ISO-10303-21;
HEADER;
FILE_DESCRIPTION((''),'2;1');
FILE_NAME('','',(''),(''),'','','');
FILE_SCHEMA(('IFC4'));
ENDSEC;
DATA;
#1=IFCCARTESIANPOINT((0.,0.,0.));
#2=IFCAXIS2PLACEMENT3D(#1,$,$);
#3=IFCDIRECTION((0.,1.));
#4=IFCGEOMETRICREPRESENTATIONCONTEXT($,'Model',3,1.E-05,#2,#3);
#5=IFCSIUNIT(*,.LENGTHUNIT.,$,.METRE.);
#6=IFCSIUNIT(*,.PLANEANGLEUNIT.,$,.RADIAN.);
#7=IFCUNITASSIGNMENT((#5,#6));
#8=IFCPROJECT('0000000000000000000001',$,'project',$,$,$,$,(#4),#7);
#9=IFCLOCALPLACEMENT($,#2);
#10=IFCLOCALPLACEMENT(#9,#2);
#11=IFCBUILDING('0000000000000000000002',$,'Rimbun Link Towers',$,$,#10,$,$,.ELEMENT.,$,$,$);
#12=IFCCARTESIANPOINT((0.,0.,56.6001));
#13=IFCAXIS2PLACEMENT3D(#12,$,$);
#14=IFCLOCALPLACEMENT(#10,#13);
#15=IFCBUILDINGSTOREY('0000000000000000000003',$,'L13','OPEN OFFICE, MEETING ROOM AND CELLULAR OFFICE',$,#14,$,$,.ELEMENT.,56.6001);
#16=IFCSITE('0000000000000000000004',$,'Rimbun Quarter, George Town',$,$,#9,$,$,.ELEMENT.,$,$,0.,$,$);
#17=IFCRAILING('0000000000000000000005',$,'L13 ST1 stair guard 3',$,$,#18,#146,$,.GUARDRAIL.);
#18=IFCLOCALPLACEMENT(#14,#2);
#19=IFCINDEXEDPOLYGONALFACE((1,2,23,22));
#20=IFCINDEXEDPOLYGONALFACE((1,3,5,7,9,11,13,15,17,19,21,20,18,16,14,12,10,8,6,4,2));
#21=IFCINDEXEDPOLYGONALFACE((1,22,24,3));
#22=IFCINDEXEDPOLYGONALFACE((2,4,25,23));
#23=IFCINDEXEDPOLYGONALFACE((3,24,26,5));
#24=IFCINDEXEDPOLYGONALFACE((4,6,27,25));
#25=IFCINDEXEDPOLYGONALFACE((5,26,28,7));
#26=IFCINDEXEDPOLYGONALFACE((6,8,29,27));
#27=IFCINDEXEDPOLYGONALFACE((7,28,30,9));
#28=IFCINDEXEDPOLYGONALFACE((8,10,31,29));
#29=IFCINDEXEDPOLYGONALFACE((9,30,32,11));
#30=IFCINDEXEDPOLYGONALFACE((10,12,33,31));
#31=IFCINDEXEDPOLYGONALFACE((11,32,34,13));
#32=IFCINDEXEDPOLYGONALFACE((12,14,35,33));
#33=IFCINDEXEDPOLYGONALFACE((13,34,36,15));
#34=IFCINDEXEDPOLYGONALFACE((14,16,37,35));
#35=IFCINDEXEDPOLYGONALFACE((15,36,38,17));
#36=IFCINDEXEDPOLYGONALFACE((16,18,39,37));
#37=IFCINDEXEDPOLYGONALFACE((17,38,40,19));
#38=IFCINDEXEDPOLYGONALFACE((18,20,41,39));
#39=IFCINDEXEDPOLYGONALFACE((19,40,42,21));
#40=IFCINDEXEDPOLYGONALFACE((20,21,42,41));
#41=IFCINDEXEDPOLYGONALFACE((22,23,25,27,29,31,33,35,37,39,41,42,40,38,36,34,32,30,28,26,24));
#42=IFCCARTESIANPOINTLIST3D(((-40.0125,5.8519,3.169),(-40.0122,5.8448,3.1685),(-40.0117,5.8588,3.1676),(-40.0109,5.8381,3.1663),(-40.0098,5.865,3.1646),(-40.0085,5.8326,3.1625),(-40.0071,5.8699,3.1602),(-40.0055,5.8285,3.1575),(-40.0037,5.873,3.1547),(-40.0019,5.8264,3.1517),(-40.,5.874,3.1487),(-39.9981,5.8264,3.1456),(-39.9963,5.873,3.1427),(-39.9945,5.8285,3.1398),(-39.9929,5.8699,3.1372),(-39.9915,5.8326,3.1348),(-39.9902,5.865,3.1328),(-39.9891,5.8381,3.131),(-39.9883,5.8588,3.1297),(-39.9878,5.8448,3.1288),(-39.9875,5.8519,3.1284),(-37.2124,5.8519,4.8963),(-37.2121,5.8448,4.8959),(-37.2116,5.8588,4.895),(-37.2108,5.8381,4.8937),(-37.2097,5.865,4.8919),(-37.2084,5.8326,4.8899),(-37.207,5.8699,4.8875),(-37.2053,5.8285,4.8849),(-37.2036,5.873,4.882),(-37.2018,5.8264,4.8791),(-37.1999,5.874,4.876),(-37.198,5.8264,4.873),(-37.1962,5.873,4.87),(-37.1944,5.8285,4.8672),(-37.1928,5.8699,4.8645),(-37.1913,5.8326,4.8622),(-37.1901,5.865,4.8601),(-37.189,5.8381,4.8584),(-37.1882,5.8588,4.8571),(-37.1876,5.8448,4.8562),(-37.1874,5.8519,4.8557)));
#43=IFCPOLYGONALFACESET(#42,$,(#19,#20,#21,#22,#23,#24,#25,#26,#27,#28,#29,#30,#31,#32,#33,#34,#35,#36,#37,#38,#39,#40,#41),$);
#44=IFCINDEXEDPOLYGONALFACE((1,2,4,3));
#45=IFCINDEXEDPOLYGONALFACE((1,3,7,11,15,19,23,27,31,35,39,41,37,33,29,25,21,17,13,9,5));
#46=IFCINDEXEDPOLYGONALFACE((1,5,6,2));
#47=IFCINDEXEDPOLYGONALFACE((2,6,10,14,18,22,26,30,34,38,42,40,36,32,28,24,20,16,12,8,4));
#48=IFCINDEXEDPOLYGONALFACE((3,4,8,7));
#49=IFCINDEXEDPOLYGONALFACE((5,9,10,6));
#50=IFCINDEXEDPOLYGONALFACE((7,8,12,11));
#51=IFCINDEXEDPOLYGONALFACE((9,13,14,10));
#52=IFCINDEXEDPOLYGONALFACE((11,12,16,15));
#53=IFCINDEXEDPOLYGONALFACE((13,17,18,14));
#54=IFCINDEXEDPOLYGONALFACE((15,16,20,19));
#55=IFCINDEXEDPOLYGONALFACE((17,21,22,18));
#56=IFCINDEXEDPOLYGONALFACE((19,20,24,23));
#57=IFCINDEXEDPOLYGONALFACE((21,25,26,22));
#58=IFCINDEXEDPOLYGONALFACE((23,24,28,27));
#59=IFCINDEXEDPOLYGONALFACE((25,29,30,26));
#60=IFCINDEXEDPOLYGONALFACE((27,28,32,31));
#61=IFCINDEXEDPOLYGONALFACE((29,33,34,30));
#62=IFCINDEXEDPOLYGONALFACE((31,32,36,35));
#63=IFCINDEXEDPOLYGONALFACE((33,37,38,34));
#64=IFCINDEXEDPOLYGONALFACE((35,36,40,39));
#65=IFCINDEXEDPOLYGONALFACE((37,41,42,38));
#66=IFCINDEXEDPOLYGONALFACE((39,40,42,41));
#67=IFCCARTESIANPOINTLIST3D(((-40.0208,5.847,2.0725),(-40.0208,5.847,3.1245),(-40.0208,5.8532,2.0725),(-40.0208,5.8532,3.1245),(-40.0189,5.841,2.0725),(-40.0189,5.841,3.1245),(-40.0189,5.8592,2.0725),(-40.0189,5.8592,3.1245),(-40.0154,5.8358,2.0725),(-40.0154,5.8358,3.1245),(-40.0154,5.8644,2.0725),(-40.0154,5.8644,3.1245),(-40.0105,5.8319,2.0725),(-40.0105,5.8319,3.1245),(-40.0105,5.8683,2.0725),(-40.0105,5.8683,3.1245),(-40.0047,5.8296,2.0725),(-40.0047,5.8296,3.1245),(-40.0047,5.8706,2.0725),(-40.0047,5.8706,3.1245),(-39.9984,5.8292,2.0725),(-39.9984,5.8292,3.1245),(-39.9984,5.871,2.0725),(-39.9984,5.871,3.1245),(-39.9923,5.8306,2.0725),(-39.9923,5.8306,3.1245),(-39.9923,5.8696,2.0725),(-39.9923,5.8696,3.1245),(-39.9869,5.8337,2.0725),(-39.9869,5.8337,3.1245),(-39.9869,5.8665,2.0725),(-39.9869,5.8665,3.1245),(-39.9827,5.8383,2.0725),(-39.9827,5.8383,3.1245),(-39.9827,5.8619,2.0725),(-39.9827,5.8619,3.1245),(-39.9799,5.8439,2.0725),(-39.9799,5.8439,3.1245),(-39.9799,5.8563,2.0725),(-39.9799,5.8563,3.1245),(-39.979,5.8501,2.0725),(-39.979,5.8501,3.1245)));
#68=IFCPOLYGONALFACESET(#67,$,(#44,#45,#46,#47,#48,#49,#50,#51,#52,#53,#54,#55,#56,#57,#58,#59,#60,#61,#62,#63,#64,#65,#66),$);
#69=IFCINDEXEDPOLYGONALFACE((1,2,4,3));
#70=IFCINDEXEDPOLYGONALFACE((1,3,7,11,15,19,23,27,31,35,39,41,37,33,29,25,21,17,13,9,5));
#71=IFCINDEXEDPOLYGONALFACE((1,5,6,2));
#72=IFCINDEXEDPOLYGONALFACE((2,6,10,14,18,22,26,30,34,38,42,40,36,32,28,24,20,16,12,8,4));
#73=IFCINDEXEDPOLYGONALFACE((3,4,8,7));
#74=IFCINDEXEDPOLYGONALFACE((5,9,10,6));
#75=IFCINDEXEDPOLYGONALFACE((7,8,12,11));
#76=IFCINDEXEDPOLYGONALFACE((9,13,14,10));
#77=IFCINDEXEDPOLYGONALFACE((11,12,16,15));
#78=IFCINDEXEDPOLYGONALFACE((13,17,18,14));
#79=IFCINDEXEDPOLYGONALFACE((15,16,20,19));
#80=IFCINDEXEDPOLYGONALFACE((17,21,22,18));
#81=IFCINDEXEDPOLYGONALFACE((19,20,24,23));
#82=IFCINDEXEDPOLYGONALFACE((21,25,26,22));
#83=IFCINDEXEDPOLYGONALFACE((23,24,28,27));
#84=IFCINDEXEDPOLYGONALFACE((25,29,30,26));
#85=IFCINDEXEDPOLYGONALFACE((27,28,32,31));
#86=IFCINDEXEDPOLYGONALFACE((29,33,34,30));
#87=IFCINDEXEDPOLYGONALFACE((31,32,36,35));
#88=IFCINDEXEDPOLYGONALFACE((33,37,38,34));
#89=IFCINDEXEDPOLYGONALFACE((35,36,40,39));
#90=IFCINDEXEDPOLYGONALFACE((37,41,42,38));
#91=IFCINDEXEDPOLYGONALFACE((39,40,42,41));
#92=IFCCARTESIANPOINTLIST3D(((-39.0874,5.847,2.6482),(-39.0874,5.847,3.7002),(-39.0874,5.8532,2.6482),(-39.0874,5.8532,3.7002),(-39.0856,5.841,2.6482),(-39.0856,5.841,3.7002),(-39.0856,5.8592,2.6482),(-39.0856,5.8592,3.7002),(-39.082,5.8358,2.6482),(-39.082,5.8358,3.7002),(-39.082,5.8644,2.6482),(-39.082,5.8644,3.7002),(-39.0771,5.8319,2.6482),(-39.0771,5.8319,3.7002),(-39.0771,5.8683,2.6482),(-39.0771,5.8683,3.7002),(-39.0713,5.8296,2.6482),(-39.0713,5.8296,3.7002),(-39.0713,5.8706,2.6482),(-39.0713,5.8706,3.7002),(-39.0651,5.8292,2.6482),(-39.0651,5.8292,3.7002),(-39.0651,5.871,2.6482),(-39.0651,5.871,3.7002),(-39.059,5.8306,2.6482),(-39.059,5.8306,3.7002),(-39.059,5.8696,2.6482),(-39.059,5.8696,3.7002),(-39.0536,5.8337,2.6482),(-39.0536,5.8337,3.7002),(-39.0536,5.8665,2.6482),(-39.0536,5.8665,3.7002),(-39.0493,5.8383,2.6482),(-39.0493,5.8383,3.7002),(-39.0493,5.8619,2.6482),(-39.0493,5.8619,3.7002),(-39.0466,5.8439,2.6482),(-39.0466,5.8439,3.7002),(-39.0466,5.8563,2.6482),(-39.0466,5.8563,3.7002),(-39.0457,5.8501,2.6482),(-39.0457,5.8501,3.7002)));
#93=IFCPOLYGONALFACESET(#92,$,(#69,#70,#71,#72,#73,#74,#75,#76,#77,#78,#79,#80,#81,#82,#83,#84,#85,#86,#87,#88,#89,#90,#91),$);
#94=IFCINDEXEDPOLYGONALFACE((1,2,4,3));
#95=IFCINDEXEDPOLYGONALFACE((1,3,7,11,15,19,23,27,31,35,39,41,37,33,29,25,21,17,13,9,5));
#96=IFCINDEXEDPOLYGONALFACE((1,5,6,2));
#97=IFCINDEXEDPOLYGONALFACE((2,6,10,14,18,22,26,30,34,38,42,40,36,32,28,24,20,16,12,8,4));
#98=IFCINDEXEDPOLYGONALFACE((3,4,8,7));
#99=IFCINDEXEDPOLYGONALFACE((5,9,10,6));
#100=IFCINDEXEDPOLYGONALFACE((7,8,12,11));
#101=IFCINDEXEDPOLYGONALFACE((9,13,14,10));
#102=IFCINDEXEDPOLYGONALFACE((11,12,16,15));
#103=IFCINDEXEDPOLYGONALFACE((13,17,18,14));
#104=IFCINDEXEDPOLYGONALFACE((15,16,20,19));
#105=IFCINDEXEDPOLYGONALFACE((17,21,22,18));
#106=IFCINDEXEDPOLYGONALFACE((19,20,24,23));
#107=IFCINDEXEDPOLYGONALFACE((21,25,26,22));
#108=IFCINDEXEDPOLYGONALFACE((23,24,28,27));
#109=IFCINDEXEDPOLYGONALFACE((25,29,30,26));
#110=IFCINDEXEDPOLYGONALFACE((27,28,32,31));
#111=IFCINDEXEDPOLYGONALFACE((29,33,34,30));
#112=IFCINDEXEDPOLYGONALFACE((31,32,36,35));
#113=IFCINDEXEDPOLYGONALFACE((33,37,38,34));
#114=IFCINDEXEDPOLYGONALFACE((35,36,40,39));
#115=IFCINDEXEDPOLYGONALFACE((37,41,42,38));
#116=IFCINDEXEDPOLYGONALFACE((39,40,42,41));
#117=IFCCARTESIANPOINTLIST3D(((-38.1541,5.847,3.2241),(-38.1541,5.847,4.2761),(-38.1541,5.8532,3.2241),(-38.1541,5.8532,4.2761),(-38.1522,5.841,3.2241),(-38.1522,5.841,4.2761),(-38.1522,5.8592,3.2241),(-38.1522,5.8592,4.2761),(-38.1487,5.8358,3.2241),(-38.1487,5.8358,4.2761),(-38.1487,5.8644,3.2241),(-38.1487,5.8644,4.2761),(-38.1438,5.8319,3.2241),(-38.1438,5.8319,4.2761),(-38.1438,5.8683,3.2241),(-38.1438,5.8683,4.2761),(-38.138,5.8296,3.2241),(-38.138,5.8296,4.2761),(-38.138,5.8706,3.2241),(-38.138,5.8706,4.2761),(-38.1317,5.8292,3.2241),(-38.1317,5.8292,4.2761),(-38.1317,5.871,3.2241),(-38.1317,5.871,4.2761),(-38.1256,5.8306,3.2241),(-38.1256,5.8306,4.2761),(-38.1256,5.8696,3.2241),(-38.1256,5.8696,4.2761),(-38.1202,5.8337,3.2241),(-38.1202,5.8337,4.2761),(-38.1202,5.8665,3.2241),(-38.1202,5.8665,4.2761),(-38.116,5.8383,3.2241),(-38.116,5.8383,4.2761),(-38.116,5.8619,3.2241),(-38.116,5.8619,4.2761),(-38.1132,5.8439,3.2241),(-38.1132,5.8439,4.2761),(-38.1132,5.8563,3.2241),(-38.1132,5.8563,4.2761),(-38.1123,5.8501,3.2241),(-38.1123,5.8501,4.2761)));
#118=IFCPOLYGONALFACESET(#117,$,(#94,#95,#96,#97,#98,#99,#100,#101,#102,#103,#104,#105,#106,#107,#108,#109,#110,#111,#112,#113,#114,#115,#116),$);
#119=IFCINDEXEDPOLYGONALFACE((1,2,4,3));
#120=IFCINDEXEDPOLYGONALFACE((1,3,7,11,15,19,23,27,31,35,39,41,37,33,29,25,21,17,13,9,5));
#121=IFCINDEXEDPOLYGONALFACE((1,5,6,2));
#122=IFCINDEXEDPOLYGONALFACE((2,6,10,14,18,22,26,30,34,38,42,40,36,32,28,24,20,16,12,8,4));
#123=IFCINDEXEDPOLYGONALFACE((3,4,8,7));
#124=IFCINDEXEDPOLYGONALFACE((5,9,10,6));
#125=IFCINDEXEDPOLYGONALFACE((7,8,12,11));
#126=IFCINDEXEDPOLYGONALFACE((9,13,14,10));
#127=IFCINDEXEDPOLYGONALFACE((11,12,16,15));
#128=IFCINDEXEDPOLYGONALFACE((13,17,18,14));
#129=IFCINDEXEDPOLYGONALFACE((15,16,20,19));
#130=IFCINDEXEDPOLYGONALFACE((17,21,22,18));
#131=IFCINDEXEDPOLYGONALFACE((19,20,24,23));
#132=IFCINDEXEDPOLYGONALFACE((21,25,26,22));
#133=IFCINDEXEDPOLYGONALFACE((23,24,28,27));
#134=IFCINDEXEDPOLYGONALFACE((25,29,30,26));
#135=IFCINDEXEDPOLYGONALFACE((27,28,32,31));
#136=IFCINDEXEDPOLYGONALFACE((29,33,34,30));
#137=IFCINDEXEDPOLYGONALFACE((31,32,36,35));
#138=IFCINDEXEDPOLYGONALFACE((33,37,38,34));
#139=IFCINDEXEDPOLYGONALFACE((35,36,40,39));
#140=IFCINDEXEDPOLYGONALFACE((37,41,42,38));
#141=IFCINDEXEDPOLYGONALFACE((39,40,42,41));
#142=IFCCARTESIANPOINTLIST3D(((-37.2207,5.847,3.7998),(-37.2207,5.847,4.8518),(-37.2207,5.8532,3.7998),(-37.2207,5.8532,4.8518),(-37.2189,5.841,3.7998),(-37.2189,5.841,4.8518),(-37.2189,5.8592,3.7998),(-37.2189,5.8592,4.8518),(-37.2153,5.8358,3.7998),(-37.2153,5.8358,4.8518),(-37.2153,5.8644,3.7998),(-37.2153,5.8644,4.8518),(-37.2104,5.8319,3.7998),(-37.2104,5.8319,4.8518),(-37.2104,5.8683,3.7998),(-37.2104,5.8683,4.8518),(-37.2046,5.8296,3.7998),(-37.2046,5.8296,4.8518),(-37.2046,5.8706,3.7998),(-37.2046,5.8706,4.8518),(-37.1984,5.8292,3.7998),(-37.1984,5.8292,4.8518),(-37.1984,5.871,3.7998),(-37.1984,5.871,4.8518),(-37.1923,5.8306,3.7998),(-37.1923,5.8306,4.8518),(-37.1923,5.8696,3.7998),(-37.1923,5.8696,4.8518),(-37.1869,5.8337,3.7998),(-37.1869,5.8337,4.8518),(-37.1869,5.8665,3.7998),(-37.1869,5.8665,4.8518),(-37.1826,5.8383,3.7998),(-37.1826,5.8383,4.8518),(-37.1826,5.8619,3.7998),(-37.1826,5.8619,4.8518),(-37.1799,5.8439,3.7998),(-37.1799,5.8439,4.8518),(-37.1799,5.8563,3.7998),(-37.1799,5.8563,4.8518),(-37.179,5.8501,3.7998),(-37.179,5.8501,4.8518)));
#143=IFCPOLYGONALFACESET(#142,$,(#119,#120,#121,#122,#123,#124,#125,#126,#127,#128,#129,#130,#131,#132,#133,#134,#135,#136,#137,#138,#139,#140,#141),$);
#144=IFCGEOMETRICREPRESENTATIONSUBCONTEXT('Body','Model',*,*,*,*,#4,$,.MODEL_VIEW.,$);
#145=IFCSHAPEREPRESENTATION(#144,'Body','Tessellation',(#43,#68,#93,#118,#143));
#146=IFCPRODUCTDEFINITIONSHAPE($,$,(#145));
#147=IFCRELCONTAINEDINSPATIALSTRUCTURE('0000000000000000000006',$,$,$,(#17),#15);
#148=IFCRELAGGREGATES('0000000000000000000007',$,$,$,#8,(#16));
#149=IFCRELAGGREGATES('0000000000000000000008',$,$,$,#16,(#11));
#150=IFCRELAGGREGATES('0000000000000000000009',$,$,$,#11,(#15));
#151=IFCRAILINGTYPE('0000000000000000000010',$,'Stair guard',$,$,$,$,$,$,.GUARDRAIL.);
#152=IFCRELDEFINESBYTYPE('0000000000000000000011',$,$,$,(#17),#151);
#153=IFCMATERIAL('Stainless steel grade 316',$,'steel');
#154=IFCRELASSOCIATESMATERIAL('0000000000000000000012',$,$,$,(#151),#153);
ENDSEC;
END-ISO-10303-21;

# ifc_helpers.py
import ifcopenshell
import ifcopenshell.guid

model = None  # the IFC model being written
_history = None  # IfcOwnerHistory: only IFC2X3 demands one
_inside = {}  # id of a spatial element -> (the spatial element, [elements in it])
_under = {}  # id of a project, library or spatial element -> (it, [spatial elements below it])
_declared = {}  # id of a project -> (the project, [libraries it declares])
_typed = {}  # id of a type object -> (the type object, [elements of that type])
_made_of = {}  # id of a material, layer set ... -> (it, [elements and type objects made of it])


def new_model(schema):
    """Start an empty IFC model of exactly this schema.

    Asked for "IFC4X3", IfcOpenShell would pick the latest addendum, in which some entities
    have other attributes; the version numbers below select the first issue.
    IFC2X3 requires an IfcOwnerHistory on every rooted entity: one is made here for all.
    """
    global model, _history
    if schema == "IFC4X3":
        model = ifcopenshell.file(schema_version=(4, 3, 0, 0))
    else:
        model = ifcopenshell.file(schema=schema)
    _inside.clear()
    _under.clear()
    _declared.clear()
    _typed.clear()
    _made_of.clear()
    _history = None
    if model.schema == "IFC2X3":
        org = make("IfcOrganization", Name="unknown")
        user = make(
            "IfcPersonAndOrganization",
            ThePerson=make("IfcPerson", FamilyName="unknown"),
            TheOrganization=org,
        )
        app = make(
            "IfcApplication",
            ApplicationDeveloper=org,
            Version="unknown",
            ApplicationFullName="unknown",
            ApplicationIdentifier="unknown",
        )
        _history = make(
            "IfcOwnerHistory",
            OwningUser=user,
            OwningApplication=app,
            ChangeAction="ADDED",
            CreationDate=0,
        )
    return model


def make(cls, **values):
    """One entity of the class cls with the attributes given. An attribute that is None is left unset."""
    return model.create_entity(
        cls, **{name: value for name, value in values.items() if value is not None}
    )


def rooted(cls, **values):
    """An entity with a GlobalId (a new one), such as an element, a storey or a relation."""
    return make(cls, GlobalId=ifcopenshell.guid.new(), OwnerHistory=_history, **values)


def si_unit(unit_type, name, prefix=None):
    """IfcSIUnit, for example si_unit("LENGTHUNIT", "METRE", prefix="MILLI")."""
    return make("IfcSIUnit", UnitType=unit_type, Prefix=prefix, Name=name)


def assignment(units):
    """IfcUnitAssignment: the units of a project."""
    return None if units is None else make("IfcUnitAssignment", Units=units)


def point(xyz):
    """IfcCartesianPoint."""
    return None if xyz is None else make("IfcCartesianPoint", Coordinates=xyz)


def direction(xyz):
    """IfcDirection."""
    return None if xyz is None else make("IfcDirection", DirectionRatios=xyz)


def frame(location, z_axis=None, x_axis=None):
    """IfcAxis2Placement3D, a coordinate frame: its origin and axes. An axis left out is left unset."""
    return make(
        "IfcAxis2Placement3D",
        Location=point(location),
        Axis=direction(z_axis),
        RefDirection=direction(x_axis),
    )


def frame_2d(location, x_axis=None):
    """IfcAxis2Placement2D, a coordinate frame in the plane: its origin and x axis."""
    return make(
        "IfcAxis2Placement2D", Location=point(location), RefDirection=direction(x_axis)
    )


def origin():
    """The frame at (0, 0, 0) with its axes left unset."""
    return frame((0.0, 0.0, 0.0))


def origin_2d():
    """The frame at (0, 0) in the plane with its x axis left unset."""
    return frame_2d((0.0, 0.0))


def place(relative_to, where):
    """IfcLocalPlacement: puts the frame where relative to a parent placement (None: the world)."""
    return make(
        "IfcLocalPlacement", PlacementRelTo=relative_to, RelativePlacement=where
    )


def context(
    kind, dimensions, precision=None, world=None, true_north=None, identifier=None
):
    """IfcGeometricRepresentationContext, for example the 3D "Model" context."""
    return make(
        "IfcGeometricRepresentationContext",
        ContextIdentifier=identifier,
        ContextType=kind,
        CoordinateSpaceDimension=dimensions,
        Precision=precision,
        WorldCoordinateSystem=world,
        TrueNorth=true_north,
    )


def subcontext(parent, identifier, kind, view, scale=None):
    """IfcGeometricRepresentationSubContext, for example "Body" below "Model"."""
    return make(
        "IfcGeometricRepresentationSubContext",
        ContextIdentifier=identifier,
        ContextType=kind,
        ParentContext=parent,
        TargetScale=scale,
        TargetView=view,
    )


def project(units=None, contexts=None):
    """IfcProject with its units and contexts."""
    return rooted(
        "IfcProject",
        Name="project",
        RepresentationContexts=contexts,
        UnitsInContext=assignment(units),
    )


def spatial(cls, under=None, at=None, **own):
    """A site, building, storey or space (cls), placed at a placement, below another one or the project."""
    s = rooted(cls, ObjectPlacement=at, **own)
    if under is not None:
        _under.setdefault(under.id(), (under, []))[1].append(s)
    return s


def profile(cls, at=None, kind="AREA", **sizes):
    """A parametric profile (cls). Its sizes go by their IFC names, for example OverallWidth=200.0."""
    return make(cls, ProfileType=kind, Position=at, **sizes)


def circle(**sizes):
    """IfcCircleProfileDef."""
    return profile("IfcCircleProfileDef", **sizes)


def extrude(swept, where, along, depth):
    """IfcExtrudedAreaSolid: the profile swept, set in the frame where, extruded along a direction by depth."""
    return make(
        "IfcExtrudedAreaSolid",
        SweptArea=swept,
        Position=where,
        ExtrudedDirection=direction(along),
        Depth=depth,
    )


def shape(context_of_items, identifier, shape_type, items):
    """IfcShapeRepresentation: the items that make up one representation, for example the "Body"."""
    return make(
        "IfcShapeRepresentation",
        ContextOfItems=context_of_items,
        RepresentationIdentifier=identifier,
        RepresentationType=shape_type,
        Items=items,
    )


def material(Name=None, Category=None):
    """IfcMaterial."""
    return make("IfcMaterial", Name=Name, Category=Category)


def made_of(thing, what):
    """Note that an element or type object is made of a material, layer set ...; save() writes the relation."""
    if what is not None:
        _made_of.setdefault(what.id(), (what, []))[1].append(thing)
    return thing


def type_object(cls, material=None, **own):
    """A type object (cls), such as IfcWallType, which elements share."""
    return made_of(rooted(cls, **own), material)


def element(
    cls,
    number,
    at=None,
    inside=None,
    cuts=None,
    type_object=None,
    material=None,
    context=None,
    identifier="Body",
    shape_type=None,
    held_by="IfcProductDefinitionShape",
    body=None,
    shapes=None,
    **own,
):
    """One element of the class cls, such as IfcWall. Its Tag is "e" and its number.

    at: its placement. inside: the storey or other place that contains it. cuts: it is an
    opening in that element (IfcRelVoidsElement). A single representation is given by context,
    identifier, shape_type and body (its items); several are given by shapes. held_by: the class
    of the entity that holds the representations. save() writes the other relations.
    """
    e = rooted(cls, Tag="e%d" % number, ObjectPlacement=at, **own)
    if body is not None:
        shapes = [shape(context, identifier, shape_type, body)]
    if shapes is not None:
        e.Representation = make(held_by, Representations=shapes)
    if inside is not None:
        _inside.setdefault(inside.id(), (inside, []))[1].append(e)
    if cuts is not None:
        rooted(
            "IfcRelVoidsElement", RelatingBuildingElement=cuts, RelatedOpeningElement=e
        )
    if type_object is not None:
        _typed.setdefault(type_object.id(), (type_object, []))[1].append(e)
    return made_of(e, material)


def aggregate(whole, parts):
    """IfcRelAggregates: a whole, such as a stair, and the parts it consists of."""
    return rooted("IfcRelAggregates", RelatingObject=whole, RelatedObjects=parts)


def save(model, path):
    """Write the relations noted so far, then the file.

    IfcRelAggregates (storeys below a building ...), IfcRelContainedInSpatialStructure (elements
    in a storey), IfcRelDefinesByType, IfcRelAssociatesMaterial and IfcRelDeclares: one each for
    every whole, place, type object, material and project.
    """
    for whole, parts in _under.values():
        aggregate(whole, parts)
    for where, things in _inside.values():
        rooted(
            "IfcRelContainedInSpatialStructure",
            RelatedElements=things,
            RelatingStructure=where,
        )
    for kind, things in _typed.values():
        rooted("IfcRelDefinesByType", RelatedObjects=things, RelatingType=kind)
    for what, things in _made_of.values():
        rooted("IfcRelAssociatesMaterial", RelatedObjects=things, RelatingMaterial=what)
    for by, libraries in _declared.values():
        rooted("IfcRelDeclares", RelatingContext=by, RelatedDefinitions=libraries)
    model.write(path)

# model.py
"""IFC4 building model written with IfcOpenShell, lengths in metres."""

from ifc_helpers import new_model, si_unit, direction, frame, origin, origin_2d, place, context, subcontext, project, spatial, circle, extrude, material, type_object, element, save


model = new_model("IFC4")

# Units and contexts
model_context = context("Model", 3, precision=1e-05, world=origin(), true_north=direction((0.0, 1.0)))
body_context = subcontext(model_context, "Body", "Model", "MODEL_VIEW")
ifc_project = project(units=[si_unit("LENGTHUNIT", "METRE"), si_unit("PLANEANGLEUNIT", "RADIAN")], contexts=[model_context])

# Site, building, storey
site_placement = place(None, origin())
site = spatial("IfcSite", under=ifc_project, at=site_placement, Name="Rimbun Quarter, George Town", CompositionType="ELEMENT", RefElevation=0.0)
building_placement = place(site_placement, origin())
building = spatial("IfcBuilding", under=site, at=building_placement, Name="Rimbun Link Towers", CompositionType="ELEMENT")
storey_placement = place(building_placement, frame((0.0, 0.0, 56.6001)))
storey = spatial("IfcBuildingStorey", under=building, at=storey_placement, Name="L13", Description="OPEN OFFICE, MEETING ROOM AND CELLULAR OFFICE", CompositionType="ELEMENT", Elevation=56.6001)

# Railing
ifc_material_1 = material(Name="Stainless steel grade 316", Category="steel")
railing_type_1 = type_object("IfcRailingType", Name="Stair guard", PredefinedType="GUARDRAIL", material=ifc_material_1)
railing_1_placement = place(storey_placement, frame((-40.0, 5.8501, 2.0725)))
element("IfcRailing", 1, at=railing_1_placement, inside=storey, type_object=railing_type_1, Name="L13 ST1 stair guard 3", PredefinedType="GUARDRAIL", context=body_context, shape_type="SweptSolid", body=[
    extrude(circle(Radius=0.0239, at=origin_2d()), frame((0.0, 0.0, 1.0762), z_axis=(0.85109, 0.0, 0.52502), x_axis=(0.0, 1.0, 0.0)), (0.0, 0.0, 1.0), 3.29),
    extrude(circle(Radius=0.021, at=origin_2d()), origin(), (0.0, 0.0, 1.0), 1.052),
    extrude(circle(Radius=0.021, at=origin_2d()), frame((0.9333, 0.0, 0.5757)), (0.0, 0.0, 1.0), 1.052),
    extrude(circle(Radius=0.021, at=origin_2d()), frame((1.8667, 0.0, 1.1516)), (0.0, 0.0, 1.0), 1.052),
    extrude(circle(Radius=0.021, at=origin_2d()), frame((2.8, 0.0, 1.7273)), (0.0, 0.0, 1.0), 1.052),
])

save(model, "model.ifc")
